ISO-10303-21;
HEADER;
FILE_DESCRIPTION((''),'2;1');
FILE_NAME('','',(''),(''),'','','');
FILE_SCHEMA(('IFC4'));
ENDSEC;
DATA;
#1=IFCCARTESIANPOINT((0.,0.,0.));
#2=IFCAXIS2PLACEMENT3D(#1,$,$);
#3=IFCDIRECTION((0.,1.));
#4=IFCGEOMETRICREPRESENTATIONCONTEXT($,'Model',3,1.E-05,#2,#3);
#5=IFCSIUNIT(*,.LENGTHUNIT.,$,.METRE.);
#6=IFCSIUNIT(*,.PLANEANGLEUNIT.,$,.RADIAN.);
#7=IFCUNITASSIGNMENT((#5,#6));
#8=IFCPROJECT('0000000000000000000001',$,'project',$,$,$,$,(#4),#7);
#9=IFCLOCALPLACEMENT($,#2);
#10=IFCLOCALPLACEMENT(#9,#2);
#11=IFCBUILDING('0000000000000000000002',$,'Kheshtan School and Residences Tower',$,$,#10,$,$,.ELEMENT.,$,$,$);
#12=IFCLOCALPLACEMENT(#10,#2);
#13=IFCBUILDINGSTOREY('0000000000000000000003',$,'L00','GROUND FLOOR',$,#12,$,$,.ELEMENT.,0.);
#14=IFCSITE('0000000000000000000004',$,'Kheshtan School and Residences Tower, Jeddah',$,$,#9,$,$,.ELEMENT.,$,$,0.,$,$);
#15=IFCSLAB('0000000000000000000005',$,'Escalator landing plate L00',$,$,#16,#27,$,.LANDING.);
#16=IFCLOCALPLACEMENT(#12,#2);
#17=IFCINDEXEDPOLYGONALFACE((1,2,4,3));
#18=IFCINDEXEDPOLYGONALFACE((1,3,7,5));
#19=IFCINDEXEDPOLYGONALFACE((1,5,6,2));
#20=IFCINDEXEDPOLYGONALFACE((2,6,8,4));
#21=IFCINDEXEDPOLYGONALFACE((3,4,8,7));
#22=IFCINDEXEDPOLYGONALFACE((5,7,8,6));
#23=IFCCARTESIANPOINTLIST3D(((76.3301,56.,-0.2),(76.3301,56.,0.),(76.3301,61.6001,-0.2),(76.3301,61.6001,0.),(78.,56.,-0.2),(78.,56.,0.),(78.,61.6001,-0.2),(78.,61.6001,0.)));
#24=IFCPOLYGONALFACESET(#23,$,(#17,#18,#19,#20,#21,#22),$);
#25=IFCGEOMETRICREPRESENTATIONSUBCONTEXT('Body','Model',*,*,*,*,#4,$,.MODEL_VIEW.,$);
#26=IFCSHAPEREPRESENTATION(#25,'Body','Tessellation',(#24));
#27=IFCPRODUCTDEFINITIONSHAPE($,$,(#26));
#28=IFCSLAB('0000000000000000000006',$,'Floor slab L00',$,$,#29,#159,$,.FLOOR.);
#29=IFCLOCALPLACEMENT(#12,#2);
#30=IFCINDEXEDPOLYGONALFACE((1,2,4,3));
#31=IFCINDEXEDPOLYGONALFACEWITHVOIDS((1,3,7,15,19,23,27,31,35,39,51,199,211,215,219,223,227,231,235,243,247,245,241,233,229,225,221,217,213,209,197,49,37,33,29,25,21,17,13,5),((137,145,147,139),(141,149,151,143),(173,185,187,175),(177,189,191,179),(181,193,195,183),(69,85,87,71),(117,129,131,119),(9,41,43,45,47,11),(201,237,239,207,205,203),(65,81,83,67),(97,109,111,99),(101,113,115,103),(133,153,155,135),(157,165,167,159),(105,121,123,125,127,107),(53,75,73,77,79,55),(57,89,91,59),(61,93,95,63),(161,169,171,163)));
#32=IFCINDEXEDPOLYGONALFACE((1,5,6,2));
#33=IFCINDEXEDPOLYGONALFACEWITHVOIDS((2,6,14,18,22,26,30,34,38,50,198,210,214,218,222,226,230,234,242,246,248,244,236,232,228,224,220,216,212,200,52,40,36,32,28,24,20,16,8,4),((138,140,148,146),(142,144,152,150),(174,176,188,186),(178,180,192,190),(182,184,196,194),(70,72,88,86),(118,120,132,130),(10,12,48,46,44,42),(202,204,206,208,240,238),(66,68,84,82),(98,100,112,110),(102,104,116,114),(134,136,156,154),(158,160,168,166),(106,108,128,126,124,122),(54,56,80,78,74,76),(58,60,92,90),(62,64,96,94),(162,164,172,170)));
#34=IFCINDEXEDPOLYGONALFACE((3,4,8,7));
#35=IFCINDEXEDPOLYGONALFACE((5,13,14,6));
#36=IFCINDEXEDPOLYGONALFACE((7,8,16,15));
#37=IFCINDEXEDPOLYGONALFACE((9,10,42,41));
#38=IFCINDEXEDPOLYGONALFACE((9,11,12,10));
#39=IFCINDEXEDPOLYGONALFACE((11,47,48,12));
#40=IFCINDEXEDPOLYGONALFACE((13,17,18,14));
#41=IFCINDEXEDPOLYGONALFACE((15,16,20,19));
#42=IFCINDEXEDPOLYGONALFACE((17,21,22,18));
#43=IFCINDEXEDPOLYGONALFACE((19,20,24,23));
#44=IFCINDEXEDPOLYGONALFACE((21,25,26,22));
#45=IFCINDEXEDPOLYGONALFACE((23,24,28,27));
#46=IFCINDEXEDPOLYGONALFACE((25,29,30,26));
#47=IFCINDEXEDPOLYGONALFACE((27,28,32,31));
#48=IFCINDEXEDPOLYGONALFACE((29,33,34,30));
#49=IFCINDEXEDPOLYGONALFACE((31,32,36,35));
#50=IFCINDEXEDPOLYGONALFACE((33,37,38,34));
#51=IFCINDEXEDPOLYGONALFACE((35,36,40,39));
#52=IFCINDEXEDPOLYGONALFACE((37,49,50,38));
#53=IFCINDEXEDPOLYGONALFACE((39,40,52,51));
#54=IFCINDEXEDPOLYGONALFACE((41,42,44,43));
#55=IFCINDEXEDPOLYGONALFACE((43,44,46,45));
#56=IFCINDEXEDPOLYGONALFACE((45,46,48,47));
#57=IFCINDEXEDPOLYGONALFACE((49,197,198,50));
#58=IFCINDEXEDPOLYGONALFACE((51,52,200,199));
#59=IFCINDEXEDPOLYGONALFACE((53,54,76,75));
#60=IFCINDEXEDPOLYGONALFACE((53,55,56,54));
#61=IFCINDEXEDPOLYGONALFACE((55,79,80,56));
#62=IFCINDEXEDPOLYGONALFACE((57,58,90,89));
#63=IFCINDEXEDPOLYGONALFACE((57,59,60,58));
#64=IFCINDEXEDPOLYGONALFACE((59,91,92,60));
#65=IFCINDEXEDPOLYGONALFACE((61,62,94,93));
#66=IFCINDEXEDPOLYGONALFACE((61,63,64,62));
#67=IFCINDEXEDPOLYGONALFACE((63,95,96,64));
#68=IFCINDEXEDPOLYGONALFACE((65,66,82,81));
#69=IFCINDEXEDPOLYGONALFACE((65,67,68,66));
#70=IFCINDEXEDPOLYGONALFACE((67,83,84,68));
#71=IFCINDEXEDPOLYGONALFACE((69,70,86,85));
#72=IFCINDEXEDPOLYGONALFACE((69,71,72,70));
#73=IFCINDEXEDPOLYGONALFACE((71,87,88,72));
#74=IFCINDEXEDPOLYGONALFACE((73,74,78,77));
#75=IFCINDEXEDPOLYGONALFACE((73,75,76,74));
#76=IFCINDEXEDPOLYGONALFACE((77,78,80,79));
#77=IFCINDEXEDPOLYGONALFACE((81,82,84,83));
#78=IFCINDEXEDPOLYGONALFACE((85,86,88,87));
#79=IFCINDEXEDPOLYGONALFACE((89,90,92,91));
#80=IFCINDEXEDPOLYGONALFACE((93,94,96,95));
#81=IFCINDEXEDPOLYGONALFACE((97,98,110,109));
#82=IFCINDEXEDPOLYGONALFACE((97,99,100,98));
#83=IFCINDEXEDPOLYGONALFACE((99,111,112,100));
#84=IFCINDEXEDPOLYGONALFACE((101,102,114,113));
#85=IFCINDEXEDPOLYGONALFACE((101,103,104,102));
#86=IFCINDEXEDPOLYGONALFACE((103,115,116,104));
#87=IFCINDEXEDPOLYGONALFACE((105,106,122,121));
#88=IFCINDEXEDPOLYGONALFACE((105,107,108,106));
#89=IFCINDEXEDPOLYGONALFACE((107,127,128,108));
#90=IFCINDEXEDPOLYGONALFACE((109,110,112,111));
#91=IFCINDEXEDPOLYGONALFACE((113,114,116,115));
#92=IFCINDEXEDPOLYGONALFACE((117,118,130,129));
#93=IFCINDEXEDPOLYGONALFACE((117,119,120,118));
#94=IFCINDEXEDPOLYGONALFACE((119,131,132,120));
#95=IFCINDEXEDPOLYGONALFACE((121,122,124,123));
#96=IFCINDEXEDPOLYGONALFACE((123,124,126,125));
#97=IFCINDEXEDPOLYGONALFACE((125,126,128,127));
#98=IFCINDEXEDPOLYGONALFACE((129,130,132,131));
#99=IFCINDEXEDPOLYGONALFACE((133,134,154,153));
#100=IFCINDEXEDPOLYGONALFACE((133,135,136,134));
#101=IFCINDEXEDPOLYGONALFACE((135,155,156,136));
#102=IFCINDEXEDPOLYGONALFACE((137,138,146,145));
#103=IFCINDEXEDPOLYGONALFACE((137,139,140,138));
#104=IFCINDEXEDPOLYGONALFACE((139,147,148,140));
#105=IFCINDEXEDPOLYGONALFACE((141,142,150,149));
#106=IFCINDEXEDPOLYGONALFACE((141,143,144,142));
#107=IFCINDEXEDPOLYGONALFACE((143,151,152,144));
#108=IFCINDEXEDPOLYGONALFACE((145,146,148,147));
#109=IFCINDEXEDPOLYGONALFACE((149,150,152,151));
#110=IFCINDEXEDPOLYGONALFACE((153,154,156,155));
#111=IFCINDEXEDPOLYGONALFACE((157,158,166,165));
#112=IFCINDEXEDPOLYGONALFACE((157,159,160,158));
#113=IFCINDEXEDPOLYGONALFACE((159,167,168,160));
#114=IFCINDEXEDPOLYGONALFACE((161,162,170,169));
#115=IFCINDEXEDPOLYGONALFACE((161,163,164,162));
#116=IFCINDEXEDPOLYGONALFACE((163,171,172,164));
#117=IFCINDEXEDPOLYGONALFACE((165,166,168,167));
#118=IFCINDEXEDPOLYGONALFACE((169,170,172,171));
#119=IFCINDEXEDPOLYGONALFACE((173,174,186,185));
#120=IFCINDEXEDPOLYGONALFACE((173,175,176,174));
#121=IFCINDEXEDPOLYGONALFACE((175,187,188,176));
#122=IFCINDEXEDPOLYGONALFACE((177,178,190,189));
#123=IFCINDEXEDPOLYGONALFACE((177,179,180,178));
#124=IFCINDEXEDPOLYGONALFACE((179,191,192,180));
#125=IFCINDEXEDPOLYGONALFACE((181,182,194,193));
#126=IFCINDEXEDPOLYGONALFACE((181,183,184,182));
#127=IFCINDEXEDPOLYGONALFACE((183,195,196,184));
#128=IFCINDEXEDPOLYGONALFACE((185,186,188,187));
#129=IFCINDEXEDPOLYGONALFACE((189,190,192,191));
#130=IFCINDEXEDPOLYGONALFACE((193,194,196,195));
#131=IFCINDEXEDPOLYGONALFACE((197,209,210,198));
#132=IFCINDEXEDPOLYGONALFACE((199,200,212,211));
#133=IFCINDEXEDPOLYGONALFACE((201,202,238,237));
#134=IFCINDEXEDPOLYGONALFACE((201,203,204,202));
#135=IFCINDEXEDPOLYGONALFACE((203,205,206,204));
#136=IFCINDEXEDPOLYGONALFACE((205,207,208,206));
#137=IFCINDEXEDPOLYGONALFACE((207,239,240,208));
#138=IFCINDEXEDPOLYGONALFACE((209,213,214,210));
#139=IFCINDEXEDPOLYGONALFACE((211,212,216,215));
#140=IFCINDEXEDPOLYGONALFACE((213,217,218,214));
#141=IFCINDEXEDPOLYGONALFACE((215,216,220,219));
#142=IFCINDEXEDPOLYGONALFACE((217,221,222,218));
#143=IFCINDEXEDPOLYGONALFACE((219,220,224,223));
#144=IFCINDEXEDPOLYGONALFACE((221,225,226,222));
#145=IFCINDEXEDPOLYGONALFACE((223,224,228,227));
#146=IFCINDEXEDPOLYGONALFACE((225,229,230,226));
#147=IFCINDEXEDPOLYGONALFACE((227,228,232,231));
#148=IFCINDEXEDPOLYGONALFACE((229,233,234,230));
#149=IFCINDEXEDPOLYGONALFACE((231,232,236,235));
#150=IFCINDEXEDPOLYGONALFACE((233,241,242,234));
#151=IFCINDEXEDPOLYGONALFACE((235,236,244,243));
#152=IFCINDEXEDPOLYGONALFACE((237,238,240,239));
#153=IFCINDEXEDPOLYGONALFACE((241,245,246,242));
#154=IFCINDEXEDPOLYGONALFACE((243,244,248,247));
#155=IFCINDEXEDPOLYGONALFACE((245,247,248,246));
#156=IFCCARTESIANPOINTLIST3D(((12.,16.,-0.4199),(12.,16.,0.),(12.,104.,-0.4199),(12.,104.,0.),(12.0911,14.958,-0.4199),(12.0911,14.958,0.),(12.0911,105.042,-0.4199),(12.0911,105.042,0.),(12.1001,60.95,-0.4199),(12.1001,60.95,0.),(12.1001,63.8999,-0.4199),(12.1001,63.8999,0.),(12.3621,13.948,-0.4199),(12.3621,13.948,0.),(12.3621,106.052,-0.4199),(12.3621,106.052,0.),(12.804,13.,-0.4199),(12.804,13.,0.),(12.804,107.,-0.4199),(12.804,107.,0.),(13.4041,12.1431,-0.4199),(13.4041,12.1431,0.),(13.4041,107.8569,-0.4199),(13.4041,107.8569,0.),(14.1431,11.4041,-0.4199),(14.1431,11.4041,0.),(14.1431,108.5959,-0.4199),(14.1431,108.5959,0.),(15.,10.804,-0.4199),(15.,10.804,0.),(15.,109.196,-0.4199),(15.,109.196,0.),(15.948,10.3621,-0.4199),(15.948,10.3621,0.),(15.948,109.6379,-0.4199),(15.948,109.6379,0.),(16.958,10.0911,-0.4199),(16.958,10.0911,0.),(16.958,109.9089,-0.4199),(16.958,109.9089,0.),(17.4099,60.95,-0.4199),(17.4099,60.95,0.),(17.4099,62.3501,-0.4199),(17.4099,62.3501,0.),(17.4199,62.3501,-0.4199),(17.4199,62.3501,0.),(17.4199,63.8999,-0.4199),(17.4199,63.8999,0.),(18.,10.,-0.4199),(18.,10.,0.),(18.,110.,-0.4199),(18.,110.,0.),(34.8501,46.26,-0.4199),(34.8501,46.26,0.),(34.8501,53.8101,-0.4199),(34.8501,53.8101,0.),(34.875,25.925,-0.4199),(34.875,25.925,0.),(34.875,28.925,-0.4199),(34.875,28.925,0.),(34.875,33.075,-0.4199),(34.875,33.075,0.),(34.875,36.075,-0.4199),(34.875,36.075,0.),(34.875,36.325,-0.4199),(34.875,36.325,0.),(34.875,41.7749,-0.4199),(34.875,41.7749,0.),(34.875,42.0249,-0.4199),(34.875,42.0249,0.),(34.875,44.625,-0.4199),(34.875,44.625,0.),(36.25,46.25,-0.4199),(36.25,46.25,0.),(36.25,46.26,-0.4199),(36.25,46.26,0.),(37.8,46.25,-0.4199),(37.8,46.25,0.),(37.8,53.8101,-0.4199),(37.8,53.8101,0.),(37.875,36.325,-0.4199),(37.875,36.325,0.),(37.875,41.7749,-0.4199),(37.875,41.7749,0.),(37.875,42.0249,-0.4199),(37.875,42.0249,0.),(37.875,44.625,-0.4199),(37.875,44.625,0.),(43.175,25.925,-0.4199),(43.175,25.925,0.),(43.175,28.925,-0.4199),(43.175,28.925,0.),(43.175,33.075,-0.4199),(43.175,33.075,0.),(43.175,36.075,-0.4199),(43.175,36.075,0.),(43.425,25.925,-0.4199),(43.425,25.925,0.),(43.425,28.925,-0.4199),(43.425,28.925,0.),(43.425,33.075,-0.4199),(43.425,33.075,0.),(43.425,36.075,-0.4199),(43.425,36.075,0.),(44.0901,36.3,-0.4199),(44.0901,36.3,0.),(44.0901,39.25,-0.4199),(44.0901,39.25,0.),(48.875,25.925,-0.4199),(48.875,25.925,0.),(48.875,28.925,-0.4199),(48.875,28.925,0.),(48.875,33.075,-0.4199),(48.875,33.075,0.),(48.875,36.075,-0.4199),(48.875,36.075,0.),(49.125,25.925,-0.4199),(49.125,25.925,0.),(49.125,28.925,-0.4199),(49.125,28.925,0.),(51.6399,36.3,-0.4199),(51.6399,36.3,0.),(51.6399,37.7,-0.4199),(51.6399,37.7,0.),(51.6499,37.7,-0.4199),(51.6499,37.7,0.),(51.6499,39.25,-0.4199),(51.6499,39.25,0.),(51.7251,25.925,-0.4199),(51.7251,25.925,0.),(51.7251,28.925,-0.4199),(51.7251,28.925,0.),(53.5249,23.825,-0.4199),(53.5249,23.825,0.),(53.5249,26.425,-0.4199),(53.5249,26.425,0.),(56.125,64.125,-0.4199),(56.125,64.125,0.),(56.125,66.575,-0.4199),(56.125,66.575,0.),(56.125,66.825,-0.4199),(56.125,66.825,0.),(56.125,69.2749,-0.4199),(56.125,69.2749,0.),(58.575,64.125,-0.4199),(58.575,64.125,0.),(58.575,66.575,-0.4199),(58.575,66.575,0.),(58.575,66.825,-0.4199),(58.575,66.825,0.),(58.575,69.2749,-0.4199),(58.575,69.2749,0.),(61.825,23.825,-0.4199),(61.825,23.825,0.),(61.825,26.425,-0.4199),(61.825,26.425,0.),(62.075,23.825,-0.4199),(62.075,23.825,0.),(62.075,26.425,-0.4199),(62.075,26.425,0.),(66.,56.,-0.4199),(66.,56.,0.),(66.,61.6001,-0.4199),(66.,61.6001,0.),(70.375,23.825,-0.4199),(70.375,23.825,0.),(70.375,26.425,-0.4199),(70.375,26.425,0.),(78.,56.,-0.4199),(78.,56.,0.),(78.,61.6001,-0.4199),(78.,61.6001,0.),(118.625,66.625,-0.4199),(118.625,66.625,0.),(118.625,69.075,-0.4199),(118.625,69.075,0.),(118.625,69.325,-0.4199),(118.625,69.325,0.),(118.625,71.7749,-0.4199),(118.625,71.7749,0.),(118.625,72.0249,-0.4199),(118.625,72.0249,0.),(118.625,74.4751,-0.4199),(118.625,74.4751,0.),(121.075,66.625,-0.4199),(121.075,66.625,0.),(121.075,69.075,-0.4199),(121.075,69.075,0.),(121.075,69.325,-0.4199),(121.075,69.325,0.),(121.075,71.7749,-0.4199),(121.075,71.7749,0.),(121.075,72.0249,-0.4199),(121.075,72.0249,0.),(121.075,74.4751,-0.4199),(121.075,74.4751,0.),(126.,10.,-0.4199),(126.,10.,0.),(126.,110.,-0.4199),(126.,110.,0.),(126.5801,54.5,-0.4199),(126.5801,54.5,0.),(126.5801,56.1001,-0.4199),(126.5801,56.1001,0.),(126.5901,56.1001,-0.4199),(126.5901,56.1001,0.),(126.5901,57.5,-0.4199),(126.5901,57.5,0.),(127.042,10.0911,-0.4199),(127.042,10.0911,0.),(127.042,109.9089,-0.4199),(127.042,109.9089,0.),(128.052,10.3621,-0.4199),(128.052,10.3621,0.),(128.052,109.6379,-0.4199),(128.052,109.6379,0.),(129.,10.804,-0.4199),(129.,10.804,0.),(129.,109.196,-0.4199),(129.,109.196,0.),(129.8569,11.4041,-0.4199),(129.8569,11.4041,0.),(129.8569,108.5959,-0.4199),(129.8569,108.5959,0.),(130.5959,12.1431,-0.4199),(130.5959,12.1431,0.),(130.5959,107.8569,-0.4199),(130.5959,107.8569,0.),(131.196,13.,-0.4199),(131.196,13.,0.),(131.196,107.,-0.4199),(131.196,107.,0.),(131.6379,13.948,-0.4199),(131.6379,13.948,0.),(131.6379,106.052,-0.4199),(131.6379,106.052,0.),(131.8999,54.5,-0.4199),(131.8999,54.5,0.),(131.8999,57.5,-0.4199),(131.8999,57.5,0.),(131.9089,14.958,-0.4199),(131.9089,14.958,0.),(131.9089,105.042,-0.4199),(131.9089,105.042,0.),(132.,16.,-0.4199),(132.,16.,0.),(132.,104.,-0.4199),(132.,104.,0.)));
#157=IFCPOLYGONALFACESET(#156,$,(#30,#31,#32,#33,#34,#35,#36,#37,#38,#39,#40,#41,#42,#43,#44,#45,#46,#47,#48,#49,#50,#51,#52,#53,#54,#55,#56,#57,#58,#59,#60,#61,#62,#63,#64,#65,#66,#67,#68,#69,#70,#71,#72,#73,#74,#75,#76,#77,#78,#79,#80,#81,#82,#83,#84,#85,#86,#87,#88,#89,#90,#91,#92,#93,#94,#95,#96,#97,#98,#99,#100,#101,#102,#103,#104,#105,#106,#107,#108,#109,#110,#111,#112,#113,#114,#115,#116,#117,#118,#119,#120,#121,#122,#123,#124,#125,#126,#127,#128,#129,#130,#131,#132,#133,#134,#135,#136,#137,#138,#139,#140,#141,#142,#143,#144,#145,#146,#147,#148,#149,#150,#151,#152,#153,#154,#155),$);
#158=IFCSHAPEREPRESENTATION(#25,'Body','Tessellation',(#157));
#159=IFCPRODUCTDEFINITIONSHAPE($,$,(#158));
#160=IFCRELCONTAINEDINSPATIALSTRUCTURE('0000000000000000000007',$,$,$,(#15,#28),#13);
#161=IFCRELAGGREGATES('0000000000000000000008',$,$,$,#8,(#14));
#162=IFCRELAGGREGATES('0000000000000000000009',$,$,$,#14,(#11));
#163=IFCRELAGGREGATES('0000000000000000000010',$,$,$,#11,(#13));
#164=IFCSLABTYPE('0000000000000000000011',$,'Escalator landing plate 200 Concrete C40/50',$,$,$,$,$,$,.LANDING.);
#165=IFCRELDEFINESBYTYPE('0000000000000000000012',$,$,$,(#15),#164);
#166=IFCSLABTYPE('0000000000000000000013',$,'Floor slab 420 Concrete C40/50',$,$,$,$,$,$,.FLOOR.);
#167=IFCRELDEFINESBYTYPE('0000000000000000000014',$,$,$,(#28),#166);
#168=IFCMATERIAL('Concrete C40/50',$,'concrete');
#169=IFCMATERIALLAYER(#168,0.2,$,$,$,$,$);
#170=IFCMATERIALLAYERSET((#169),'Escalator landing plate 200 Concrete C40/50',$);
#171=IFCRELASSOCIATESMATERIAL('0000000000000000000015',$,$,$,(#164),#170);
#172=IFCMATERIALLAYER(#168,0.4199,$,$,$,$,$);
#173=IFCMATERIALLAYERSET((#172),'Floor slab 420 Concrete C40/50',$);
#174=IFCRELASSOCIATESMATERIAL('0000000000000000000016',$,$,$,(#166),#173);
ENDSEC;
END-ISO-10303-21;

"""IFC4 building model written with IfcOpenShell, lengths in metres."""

from ifc_helpers import new_model, si_unit, direction, frame, origin, place, context, subcontext, project, spatial, polyline, outline, extrude, material, layer, layer_set, type_object, element, save


model = new_model("IFC4")

# Units and contexts
model_context = context("Model", 3, precision=1e-05, world=origin(), true_north=direction((0.0, 1.0)))
body_context = subcontext(model_context, "Body", "Model", "MODEL_VIEW")
ifc_project = project(units=[si_unit("LENGTHUNIT", "METRE"), si_unit("PLANEANGLEUNIT", "RADIAN")], contexts=[model_context])

# Site, building, storey
site_placement = place(None, origin())
site = spatial("IfcSite", under=ifc_project, at=site_placement, Name="Kheshtan School and Residences Tower, Jeddah", CompositionType="ELEMENT", RefElevation=0.0)
building_placement = place(site_placement, origin())
building = spatial("IfcBuilding", under=site, at=building_placement, Name="Kheshtan School and Residences Tower", CompositionType="ELEMENT")
storey_placement = place(building_placement, origin())
storey = spatial("IfcBuildingStorey", under=building, at=storey_placement, Name="L00", Description="GROUND FLOOR", CompositionType="ELEMENT", Elevation=0.0)

# Slabs
ifc_material_1 = material(Name="Concrete C40/50", Category="concrete")
ifc_layer_1 = layer(ifc_material_1, 0.2)
ifc_layer_set_1 = layer_set([ifc_layer_1], Name="Escalator landing plate 200 Concrete C40/50")
slab_type_1 = type_object("IfcSlabType", Name="Escalator landing plate 200 Concrete C40/50", PredefinedType="LANDING", material=ifc_layer_set_1)
slab_1_placement = place(storey_placement, frame((0.0, 0.0, -0.2)))
element("IfcSlab", 1, at=slab_1_placement, inside=storey, type_object=slab_type_1, Name="Escalator landing plate L00", PredefinedType="LANDING", context=body_context, shape_type="SweptSolid", body=[
    extrude(outline(polyline([(76.3301, 56.0), (78.0, 56.0), (78.0, 61.6001), (76.3301, 61.6001), (76.3301, 56.0)])), origin(), (0.0, 0.0, 1.0), 0.2),
])
ifc_layer_2 = layer(ifc_material_1, 0.4199)
ifc_layer_set_2 = layer_set([ifc_layer_2], Name="Floor slab 420 Concrete C40/50")
slab_type_2 = type_object("IfcSlabType", Name="Floor slab 420 Concrete C40/50", PredefinedType="FLOOR", material=ifc_layer_set_2)
slab_2_placement = place(storey_placement, frame((0.0, 0.0, -0.4199)))
element("IfcSlab", 2, at=slab_2_placement, inside=storey, type_object=slab_type_2, Name="Floor slab L00", PredefinedType="FLOOR", context=body_context, shape_type="SweptSolid", body=[
    extrude(outline(polyline([(14.1431, 108.5959), (15.0, 109.196), (15.948, 109.6379), (16.958, 109.9089), (18.0, 110.0), (126.0, 110.0), (127.042, 109.9089), (128.052, 109.6379), (129.0, 109.196), (129.8569, 108.5959), (130.5959, 107.8569), (131.196, 107.0), (131.6379, 106.052), (131.9089, 105.042), (132.0, 104.0), (132.0, 16.0), (131.9089, 14.958), (131.6379, 13.948), (131.196, 13.0), (130.5959, 12.1431), (129.8569, 11.4041), (129.0, 10.804), (128.052, 10.3621), (127.042, 10.0911), (126.0, 10.0), (18.0, 10.0), (16.958, 10.0911), (15.948, 10.3621), (15.0, 10.804), (14.1431, 11.4041), (13.4041, 12.1431), (12.804, 13.0), (12.3621, 13.948), (12.0911, 14.958), (12.0, 16.0), (12.0, 104.0), (12.0911, 105.042), (12.3621, 106.052), (12.804, 107.0), (13.4041, 107.8569), (14.1431, 108.5959)]), holes=[polyline([(43.175, 25.925), (43.175, 28.925), (34.875, 28.925), (34.875, 25.925), (43.175, 25.925)]), polyline([(43.425, 28.925), (43.425, 25.925), (48.875, 25.925), (48.875, 28.925), (43.425, 28.925)]), polyline([(51.7251, 28.925), (49.125, 28.925), (49.125, 25.925), (51.7251, 25.925), (51.7251, 28.925)]), polyline([(43.175, 33.075), (43.175, 36.075), (34.875, 36.075), (34.875, 33.075), (43.175, 33.075)]), polyline([(43.425, 36.075), (43.425, 33.075), (48.875, 33.075), (48.875, 36.075), (43.425, 36.075)]), polyline([(51.6499, 37.7), (51.6499, 39.25), (44.0901, 39.25), (44.0901, 36.3), (51.6399, 36.3), (51.6399, 37.7), (51.6499, 37.7)]), polyline([(37.875, 41.7749), (34.875, 41.7749), (34.875, 36.325), (37.875, 36.325), (37.875, 41.7749)]), polyline([(37.875, 42.0249), (37.875, 44.625), (34.875, 44.625), (34.875, 42.0249), (37.875, 42.0249)]), polyline([(36.25, 46.26), (36.25, 46.25), (37.8, 46.25), (37.8, 53.8101), (34.8501, 53.8101), (34.8501, 46.26), (36.25, 46.26)]), polyline([(12.1001, 63.8999), (12.1001, 60.95), (17.4099, 60.95), (17.4099, 62.3501), (17.4199, 62.3501), (17.4199, 63.8999), (12.1001, 63.8999)]), polyline([(61.825, 23.825), (61.825, 26.425), (53.5249, 26.425), (53.5249, 23.825), (61.825, 23.825)]), polyline([(62.075, 26.425), (62.075, 23.825), (70.375, 23.825), (70.375, 26.425), (62.075, 26.425)]), polyline([(126.5901, 56.1001), (126.5801, 56.1001), (126.5801, 54.5), (131.8999, 54.5), (131.8999, 57.5), (126.5901, 57.5), (126.5901, 56.1001)]), polyline([(78.0, 56.0), (78.0, 61.6001), (66.0, 61.6001), (66.0, 56.0), (78.0, 56.0)]), polyline([(58.575, 66.575), (56.125, 66.575), (56.125, 64.125), (58.575, 64.125), (58.575, 66.575)]), polyline([(121.075, 69.075), (118.625, 69.075), (118.625, 66.625), (121.075, 66.625), (121.075, 69.075)]), polyline([(58.575, 69.2749), (56.125, 69.2749), (56.125, 66.825), (58.575, 66.825), (58.575, 69.2749)]), polyline([(121.075, 69.325), (121.075, 71.7749), (118.625, 71.7749), (118.625, 69.325), (121.075, 69.325)]), polyline([(121.075, 72.0249), (121.075, 74.4751), (118.625, 74.4751), (118.625, 72.0249), (121.075, 72.0249)])]), origin(), (0.0, 0.0, 1.0), 0.4199),
])

save(model, "model.ifc")
